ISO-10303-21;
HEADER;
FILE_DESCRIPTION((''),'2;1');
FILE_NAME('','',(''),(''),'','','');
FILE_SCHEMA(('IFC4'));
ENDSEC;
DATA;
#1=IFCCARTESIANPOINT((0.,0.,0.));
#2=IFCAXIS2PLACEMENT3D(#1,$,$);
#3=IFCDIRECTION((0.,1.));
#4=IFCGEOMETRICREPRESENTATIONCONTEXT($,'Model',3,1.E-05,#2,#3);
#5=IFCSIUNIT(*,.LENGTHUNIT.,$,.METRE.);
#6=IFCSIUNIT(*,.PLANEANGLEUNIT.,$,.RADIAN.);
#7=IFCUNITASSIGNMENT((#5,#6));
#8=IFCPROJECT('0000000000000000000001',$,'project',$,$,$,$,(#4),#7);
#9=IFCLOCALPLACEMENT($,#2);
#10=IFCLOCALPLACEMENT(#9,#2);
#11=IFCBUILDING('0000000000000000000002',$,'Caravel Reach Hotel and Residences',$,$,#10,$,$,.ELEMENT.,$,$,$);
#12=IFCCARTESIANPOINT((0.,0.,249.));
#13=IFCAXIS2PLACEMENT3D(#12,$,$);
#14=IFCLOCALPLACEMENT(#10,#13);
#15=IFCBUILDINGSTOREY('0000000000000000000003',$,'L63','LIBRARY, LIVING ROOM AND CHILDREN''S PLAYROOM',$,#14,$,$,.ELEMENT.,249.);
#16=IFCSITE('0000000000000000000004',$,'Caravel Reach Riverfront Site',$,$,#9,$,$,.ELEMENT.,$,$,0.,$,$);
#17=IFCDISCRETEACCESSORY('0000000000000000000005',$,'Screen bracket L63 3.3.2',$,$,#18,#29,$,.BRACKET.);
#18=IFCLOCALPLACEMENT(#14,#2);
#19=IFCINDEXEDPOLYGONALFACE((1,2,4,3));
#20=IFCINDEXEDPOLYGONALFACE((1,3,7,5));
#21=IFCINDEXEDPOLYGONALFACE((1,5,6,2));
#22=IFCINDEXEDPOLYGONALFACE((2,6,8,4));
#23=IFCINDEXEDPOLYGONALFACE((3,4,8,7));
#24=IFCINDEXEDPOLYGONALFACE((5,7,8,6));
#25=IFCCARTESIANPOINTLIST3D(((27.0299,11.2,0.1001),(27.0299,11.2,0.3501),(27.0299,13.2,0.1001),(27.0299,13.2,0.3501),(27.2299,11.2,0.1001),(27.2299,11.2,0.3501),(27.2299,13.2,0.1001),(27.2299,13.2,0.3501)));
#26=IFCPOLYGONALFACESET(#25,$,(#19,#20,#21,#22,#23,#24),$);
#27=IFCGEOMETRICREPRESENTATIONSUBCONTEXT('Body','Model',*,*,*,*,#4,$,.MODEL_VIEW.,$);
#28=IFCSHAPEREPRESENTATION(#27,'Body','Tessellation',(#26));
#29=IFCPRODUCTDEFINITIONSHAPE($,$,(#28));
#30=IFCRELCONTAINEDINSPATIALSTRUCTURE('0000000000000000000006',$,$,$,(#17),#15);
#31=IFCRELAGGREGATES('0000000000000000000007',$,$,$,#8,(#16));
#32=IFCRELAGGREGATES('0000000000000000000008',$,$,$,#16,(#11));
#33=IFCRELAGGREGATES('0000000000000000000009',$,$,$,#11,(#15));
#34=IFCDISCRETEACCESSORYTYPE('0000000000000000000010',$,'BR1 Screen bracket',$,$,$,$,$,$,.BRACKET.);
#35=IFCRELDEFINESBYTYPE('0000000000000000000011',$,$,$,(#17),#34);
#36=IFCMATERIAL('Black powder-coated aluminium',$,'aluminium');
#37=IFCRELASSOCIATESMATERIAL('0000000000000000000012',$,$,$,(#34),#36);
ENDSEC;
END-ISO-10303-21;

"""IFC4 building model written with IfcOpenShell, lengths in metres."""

from ifc_helpers import new_model, si_unit, direction, frame, origin, origin_2d, place, context, subcontext, project, spatial, rectangle, extrude, material, type_object, element, save


model = new_model("IFC4")

# Units and contexts
model_context = context("Model", 3, precision=1e-05, world=origin(), true_north=direction((0.0, 1.0)))
body_context = subcontext(model_context, "Body", "Model", "MODEL_VIEW")
ifc_project = project(units=[si_unit("LENGTHUNIT", "METRE"), si_unit("PLANEANGLEUNIT", "RADIAN")], contexts=[model_context])

# Site, building, storey
site_placement = place(None, origin())
site = spatial("IfcSite", under=ifc_project, at=site_placement, Name="Caravel Reach Riverfront Site", CompositionType="ELEMENT", RefElevation=0.0)
building_placement = place(site_placement, origin())
building = spatial("IfcBuilding", under=site, at=building_placement, Name="Caravel Reach Hotel and Residences", CompositionType="ELEMENT")
storey_placement = place(building_placement, frame((0.0, 0.0, 249.0)))
storey = spatial("IfcBuildingStorey", under=building, at=storey_placement, Name="L63", Description="LIBRARY, LIVING ROOM AND CHILDREN'S PLAYROOM", CompositionType="ELEMENT", Elevation=249.0)

# Discrete accessory
ifc_material_1 = material(Name="Black powder-coated aluminium", Category="aluminium")
discrete_accessory_type = type_object("IfcDiscreteAccessoryType", Name="BR1 Screen bracket", PredefinedType="BRACKET", material=ifc_material_1)
for number, where, z_axis, x_axis, name in (
    (1, (27.1299, 12.2, 0.1001), (0.0, 0.0, 1.0), (0.0, -1.0, 0.0), "Screen bracket L63 3.3.2"),
):
    element("IfcDiscreteAccessory", number, at=place(storey_placement, frame(where, z_axis=z_axis, x_axis=x_axis)), inside=storey, type_object=discrete_accessory_type, Name=name, PredefinedType="BRACKET", context=body_context, shape_type="SweptSolid", body=[
        extrude(rectangle(XDim=2.0, YDim=0.2, at=origin_2d()), origin(), (0.0, 0.0, 1.0), 0.25),
    ])

save(model, "model.ifc")
